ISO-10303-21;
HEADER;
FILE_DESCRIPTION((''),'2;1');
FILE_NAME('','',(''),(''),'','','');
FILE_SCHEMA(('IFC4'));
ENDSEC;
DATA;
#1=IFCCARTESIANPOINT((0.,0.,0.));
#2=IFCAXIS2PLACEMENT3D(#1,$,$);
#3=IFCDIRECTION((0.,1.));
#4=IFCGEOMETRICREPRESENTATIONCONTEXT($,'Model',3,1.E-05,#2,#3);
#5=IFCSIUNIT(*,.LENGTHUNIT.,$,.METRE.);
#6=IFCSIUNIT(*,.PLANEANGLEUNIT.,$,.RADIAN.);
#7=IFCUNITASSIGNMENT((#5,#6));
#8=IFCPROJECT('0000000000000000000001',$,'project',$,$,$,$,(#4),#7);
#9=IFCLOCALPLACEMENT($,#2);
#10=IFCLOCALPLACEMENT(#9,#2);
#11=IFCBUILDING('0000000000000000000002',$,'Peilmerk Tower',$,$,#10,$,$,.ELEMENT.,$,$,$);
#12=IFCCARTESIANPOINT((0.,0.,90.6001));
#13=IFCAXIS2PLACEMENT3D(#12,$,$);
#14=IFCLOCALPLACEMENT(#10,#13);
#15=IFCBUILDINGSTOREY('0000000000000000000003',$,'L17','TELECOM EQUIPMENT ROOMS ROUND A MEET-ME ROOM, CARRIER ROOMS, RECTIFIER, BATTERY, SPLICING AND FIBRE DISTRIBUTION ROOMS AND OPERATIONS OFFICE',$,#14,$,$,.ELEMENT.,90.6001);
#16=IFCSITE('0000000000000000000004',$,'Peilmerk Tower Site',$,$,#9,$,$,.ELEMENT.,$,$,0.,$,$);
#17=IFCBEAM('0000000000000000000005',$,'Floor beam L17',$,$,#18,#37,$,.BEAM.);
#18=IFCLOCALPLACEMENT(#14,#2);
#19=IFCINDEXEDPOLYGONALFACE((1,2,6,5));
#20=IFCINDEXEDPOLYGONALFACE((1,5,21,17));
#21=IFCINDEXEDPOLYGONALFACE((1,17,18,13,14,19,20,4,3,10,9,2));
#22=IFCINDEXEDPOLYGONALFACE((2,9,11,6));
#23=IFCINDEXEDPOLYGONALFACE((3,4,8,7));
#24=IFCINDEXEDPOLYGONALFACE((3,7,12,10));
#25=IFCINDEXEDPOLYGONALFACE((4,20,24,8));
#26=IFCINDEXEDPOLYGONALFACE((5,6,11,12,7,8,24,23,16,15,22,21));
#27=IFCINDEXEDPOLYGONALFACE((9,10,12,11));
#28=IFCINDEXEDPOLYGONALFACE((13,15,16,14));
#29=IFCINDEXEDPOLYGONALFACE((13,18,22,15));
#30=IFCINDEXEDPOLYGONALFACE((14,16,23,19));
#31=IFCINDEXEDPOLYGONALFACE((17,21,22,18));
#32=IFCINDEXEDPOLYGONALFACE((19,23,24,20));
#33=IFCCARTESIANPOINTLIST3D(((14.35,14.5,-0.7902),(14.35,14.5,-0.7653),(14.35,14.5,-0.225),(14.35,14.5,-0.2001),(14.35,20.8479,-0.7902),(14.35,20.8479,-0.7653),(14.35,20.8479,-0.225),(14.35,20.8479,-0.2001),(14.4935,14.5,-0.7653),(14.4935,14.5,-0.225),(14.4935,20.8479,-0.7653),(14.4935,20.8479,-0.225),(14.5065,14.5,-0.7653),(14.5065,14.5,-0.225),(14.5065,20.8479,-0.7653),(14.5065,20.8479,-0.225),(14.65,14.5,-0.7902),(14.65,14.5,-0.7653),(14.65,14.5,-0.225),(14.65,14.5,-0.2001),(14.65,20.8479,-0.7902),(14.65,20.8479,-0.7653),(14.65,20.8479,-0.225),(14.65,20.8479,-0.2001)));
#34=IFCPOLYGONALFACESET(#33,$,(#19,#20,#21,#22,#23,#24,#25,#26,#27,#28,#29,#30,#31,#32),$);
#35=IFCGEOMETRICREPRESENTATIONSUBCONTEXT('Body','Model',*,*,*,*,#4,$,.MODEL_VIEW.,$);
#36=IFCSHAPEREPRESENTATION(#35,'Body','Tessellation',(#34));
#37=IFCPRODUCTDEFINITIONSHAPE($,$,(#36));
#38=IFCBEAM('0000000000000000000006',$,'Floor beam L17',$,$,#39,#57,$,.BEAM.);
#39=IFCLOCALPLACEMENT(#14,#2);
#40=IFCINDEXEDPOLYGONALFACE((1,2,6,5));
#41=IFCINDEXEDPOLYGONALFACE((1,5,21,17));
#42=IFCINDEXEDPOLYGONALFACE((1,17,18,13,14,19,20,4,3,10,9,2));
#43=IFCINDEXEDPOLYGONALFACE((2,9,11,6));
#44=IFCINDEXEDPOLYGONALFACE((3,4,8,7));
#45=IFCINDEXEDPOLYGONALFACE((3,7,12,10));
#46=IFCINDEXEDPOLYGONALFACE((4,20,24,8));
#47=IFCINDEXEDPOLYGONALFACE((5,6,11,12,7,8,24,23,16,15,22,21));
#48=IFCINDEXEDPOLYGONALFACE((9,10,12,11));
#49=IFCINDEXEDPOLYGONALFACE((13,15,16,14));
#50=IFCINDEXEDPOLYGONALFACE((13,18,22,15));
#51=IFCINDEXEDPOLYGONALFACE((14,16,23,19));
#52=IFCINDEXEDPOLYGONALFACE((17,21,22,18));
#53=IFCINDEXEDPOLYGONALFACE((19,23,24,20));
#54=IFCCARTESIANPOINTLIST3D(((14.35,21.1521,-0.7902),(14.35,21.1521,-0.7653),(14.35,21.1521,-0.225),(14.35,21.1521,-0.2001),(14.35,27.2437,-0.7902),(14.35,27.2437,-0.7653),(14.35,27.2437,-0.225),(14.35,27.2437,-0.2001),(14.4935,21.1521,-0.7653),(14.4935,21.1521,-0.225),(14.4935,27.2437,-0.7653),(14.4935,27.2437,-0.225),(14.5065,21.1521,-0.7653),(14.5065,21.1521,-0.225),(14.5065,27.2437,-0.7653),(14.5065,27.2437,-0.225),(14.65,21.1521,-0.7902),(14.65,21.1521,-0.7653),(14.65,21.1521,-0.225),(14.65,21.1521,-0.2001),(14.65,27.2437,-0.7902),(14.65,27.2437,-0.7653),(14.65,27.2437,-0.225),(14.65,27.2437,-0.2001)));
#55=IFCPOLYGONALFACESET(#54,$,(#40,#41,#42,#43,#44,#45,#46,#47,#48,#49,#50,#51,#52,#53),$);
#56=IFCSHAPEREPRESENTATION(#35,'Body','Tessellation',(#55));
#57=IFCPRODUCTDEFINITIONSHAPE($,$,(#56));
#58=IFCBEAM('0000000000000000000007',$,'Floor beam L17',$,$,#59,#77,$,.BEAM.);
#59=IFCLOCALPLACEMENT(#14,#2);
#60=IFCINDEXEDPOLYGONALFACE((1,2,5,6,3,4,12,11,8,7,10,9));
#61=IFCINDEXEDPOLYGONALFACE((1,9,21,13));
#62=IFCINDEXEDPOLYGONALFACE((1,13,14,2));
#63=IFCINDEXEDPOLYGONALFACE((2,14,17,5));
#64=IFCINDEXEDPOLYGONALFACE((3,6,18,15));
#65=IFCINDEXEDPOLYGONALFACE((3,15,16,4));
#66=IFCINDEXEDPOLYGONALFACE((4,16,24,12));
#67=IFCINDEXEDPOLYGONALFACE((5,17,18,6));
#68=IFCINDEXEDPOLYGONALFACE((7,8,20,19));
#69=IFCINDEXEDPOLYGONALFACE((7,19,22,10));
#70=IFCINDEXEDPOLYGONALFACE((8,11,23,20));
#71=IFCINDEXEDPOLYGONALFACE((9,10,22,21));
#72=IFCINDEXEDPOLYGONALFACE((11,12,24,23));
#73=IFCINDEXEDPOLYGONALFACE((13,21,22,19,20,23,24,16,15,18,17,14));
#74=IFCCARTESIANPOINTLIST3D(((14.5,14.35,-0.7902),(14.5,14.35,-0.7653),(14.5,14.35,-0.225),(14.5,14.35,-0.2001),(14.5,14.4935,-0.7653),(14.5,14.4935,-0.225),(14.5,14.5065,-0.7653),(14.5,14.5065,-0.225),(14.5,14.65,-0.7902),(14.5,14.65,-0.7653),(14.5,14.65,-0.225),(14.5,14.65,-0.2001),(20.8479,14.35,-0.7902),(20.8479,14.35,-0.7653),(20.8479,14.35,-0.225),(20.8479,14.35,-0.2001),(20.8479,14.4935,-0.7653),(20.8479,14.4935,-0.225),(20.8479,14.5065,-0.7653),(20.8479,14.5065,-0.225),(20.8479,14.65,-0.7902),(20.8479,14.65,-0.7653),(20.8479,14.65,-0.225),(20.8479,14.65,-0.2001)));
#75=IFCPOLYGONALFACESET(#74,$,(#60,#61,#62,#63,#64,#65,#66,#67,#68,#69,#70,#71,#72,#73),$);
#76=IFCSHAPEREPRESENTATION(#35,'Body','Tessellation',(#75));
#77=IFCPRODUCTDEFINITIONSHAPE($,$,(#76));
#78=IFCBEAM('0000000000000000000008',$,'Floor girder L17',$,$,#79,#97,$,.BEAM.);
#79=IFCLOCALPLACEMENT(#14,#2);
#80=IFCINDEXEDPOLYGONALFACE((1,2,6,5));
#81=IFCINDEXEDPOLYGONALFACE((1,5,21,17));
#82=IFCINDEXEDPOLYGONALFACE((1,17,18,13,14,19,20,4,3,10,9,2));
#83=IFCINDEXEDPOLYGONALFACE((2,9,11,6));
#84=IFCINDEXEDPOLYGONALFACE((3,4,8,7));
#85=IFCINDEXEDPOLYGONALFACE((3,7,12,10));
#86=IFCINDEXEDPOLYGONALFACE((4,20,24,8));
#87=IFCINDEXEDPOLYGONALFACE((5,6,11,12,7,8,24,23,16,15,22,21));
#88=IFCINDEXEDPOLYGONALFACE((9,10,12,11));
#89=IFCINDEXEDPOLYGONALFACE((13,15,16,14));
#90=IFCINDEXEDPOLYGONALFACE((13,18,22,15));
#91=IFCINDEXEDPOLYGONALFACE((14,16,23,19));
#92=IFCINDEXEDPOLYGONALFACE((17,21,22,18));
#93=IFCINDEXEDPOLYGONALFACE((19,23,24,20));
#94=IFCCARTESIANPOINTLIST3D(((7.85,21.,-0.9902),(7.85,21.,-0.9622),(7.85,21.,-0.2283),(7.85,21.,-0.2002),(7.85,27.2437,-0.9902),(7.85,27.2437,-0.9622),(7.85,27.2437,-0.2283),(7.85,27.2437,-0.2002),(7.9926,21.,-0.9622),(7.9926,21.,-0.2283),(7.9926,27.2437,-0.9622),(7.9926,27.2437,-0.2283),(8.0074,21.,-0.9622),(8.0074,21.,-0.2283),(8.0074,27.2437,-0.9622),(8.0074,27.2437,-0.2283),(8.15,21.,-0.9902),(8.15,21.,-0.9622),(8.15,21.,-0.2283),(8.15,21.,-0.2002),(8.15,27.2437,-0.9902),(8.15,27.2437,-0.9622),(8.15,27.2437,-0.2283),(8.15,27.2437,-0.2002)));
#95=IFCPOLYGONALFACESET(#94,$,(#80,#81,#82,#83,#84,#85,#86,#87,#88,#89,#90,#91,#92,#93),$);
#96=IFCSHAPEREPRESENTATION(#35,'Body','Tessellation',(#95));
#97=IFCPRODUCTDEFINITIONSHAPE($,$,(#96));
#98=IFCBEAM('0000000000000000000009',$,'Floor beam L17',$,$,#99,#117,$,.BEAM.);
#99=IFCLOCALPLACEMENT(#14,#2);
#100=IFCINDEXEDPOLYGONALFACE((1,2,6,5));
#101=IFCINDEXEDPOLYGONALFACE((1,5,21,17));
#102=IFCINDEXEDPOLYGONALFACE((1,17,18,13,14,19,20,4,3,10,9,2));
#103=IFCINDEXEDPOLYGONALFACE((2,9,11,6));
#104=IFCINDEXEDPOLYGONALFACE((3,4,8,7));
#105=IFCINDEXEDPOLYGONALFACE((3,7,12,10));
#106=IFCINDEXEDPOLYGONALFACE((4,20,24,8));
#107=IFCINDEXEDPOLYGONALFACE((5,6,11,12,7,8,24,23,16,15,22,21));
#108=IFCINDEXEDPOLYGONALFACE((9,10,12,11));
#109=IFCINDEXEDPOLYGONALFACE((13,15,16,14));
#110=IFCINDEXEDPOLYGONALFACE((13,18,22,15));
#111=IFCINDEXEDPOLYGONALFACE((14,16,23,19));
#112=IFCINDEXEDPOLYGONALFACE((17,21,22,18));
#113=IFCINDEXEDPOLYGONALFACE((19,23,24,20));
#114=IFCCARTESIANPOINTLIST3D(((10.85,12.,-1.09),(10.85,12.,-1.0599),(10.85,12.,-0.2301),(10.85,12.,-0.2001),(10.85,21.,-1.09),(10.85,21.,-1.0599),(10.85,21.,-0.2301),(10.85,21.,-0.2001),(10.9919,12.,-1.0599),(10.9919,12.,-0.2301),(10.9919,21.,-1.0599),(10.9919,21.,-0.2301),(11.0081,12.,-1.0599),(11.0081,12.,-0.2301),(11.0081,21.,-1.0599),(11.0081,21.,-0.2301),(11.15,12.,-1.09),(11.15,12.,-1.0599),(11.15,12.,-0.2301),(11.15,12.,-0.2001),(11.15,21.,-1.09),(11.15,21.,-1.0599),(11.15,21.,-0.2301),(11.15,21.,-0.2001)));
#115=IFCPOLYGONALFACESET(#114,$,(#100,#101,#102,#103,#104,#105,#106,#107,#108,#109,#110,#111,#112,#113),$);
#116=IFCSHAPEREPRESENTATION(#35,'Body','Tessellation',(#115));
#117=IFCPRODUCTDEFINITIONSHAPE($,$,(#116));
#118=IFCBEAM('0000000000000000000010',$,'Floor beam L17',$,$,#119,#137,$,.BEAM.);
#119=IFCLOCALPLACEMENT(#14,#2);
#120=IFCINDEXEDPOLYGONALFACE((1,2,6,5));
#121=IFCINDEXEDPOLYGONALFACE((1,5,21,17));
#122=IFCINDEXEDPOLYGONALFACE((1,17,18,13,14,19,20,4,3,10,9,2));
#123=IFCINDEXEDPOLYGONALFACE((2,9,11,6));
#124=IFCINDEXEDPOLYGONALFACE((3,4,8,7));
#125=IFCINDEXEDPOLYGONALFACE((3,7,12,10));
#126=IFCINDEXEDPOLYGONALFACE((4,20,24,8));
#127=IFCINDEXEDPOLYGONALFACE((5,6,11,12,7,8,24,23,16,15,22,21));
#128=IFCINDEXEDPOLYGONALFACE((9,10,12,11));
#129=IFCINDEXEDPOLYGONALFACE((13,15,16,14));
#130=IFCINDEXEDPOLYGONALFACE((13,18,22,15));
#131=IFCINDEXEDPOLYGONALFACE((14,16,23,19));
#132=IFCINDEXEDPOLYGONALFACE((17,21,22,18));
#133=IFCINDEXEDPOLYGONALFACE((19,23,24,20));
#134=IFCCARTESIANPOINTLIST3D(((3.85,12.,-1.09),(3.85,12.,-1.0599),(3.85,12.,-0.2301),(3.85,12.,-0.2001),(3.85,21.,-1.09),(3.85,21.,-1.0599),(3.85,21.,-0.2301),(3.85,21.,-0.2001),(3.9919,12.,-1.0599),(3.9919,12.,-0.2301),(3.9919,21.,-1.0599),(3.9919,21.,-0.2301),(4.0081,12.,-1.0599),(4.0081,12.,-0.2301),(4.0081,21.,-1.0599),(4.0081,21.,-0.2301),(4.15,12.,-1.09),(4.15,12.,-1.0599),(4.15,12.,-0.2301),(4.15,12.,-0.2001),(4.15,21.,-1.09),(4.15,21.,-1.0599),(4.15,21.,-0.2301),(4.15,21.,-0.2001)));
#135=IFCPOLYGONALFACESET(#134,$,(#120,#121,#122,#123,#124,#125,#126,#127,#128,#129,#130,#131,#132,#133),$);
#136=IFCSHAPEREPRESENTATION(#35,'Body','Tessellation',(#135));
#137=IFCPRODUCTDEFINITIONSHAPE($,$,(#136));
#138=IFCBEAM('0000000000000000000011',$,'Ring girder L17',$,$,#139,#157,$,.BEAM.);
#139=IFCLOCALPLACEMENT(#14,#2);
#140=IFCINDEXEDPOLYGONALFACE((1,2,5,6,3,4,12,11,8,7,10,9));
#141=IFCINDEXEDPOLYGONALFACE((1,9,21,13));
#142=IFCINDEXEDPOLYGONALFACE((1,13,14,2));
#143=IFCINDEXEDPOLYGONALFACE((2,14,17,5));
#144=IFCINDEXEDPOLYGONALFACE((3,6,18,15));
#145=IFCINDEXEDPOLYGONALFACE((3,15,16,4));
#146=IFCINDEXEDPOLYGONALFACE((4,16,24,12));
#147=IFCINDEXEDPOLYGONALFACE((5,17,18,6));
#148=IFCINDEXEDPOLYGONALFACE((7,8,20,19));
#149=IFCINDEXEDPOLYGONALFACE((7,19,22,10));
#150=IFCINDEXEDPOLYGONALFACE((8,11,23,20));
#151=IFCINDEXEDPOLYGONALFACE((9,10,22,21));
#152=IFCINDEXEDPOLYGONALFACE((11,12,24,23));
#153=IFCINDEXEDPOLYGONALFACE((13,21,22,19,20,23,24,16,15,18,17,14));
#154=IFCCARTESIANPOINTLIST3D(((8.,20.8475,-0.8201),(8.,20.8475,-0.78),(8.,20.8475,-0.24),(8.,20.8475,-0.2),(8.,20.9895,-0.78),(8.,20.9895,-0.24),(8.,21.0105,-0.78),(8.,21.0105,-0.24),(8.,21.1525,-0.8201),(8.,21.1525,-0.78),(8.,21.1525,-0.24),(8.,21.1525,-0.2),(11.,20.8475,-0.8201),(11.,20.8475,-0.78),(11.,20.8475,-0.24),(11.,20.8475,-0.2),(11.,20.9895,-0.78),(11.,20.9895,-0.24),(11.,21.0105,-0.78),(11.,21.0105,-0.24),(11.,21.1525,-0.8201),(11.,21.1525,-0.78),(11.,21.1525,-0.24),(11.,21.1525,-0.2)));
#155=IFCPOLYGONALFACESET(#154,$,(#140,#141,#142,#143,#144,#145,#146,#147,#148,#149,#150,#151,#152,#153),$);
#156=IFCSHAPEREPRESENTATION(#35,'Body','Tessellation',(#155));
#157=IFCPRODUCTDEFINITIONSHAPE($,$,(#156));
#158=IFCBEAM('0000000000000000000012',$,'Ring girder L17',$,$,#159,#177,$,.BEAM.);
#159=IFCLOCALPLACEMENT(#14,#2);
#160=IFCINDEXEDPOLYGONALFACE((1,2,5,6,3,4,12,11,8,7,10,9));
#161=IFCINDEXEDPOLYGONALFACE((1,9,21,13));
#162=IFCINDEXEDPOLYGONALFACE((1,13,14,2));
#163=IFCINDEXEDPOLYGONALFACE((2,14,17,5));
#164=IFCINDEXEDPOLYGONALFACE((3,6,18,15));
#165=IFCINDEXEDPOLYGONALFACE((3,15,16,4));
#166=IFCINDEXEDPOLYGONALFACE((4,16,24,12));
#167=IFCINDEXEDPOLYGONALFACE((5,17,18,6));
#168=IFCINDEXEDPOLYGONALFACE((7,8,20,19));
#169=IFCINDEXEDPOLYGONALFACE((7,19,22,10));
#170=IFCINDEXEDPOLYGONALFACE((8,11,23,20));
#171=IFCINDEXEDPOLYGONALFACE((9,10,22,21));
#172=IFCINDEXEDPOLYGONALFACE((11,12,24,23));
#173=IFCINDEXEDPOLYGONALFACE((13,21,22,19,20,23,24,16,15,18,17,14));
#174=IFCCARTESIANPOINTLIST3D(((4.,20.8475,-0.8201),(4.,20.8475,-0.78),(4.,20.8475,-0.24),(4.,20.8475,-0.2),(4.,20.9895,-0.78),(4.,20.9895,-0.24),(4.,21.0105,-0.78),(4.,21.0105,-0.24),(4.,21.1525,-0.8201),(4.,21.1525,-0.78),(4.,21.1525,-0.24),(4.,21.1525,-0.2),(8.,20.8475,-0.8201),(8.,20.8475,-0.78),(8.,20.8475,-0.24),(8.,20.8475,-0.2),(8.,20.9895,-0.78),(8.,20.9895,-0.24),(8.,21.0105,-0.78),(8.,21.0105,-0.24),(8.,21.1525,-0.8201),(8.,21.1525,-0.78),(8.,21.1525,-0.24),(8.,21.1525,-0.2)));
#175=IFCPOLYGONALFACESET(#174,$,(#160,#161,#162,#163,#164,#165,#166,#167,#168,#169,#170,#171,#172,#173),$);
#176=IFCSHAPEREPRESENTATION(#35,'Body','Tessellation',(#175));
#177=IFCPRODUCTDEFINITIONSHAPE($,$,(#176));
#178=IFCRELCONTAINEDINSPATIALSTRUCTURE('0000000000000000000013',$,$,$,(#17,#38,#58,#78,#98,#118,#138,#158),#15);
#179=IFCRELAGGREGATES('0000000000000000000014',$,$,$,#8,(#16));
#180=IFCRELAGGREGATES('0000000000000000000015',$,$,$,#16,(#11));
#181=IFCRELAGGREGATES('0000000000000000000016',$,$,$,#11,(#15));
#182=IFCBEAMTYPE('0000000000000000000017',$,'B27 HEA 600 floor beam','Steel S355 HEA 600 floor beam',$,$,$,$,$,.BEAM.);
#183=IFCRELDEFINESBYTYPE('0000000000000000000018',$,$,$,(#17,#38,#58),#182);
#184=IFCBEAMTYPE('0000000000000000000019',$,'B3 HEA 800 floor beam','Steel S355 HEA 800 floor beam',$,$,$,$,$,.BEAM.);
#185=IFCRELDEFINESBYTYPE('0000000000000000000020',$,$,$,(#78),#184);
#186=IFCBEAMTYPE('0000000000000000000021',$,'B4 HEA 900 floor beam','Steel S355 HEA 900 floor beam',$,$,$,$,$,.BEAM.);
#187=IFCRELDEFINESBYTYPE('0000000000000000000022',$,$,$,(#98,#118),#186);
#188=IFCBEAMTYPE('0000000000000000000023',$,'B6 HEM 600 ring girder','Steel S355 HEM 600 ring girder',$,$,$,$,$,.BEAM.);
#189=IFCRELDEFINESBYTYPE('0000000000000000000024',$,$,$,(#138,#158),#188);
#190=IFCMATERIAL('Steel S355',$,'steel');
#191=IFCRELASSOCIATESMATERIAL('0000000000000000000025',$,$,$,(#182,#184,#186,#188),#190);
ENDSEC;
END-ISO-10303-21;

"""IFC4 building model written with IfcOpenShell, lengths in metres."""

from ifc_helpers import new_model, si_unit, direction, frame, origin, origin_2d, place, context, subcontext, project, spatial, i_section, extrude, material, material_profile, profile_set, type_object, element, save


model = new_model("IFC4")

# Units and contexts
model_context = context("Model", 3, precision=1e-05, world=origin(), true_north=direction((0.0, 1.0)))
body_context = subcontext(model_context, "Body", "Model", "MODEL_VIEW")
ifc_project = project(units=[si_unit("LENGTHUNIT", "METRE"), si_unit("PLANEANGLEUNIT", "RADIAN")], contexts=[model_context])

# Site, building, storey
site_placement = place(None, origin())
site = spatial("IfcSite", under=ifc_project, at=site_placement, Name="Peilmerk Tower Site", CompositionType="ELEMENT", RefElevation=0.0)
building_placement = place(site_placement, origin())
building = spatial("IfcBuilding", under=site, at=building_placement, Name="Peilmerk Tower", CompositionType="ELEMENT")
storey_placement = place(building_placement, frame((0.0, 0.0, 90.6001)))
storey = spatial("IfcBuildingStorey", under=building, at=storey_placement, Name="L17", Description="TELECOM EQUIPMENT ROOMS ROUND A MEET-ME ROOM, CARRIER ROOMS, RECTIFIER, BATTERY, SPLICING AND FIBRE DISTRIBUTION ROOMS AND OPERATIONS OFFICE", CompositionType="ELEMENT", Elevation=90.6001)

# Beams
ifc_material_1 = material(Name="Steel S355", Category="steel")
ifc_material_profile_1 = material_profile(ifc_material_1, i_section(OverallWidth=0.3, OverallDepth=0.5901, WebThickness=0.0129, FlangeThickness=0.0249, at=origin_2d()), Name="HEA 600")
ifc_profile_set_1 = profile_set([ifc_material_profile_1], Name="Steel S355")
beam_type_1 = type_object("IfcBeamType", Name="B27 HEA 600 floor beam", Description="Steel S355 HEA 600 floor beam", PredefinedType="BEAM", material=ifc_profile_set_1)
beam_1_placement = place(storey_placement, frame((14.5, 14.5, -0.4951), z_axis=(0.0, 1.0, 0.0), x_axis=(-1.0, 0.0, 0.0)))
element("IfcBeam", 1, at=beam_1_placement, inside=storey, type_object=beam_type_1, Name="Floor beam L17", PredefinedType="BEAM", context=body_context, shape_type="SweptSolid", body=[
    extrude(i_section(OverallWidth=0.3, OverallDepth=0.5901, WebThickness=0.0129, FlangeThickness=0.0249, at=origin_2d()), origin(), (0.0, 0.0, 1.0), 6.3479),
])
beam_2_placement = place(storey_placement, frame((14.5, 21.1521, -0.4951), z_axis=(0.0, 1.0, 0.0), x_axis=(-1.0, 0.0, 0.0)))
element("IfcBeam", 2, at=beam_2_placement, inside=storey, type_object=beam_type_1, Name="Floor beam L17", PredefinedType="BEAM", context=body_context, shape_type="SweptSolid", body=[
    extrude(i_section(OverallWidth=0.3, OverallDepth=0.5901, WebThickness=0.0129, FlangeThickness=0.0249, at=origin_2d()), origin(), (0.0, 0.0, 1.0), 6.0916),
])
beam_3_placement = place(storey_placement, frame((14.5, 14.5, -0.4951), z_axis=(1.0, 0.0, 0.0), x_axis=(0.0, 1.0, 0.0)))
element("IfcBeam", 3, at=beam_3_placement, inside=storey, type_object=beam_type_1, Name="Floor beam L17", PredefinedType="BEAM", context=body_context, shape_type="SweptSolid", body=[
    extrude(i_section(OverallWidth=0.3, OverallDepth=0.5901, WebThickness=0.0129, FlangeThickness=0.0249, at=origin_2d()), origin(), (0.0, 0.0, 1.0), 6.3479),
])
ifc_material_profile_2 = material_profile(ifc_material_1, i_section(OverallWidth=0.3, OverallDepth=0.79, WebThickness=0.0149, FlangeThickness=0.0281, at=origin_2d()), Name="HEA 800")
ifc_profile_set_2 = profile_set([ifc_material_profile_2], Name="Steel S355")
beam_type_2 = type_object("IfcBeamType", Name="B3 HEA 800 floor beam", Description="Steel S355 HEA 800 floor beam", PredefinedType="BEAM", material=ifc_profile_set_2)
beam_4_placement = place(storey_placement, frame((8.0, 21.0, -0.5952), z_axis=(0.0, 1.0, 0.0), x_axis=(-1.0, 0.0, 0.0)))
element("IfcBeam", 4, at=beam_4_placement, inside=storey, type_object=beam_type_2, Name="Floor girder L17", PredefinedType="BEAM", context=body_context, shape_type="SweptSolid", body=[
    extrude(i_section(OverallWidth=0.3, OverallDepth=0.79, WebThickness=0.0149, FlangeThickness=0.0281, at=origin_2d()), origin(), (0.0, 0.0, 1.0), 6.2437),
])
ifc_material_profile_3 = material_profile(ifc_material_1, i_section(OverallWidth=0.3, OverallDepth=0.8899, WebThickness=0.0161, FlangeThickness=0.03, at=origin_2d()), Name="HEA 900")
ifc_profile_set_3 = profile_set([ifc_material_profile_3], Name="Steel S355")
beam_type_3 = type_object("IfcBeamType", Name="B4 HEA 900 floor beam", Description="Steel S355 HEA 900 floor beam", PredefinedType="BEAM", material=ifc_profile_set_3)
for number, where, z_axis, x_axis, name in (
    (5, (11.0, 12.0, -0.645), (0.0, 1.0, 0.0), (-1.0, 0.0, 0.0), "Floor beam L17"),
    (6, (4.0, 12.0, -0.645), (0.0, 1.0, 0.0), (-1.0, 0.0, 0.0), "Floor beam L17"),
):
    element("IfcBeam", number, at=place(storey_placement, frame(where, z_axis=z_axis, x_axis=x_axis)), inside=storey, type_object=beam_type_3, Name=name, PredefinedType="BEAM", context=body_context, shape_type="SweptSolid", body=[
        extrude(i_section(OverallWidth=0.3, OverallDepth=0.8899, WebThickness=0.0161, FlangeThickness=0.03, at=origin_2d()), origin(), (0.0, 0.0, 1.0), 9.0),
    ])
ifc_material_profile_4 = material_profile(ifc_material_1, i_section(OverallWidth=0.3049, OverallDepth=0.6201, WebThickness=0.021, FlangeThickness=0.04, at=origin_2d()), Name="HEM 600")
ifc_profile_set_4 = profile_set([ifc_material_profile_4], Name="Steel S355")
beam_type_4 = type_object("IfcBeamType", Name="B6 HEM 600 ring girder", Description="Steel S355 HEM 600 ring girder", PredefinedType="BEAM", material=ifc_profile_set_4)
beam_5_placement = place(storey_placement, frame((11.0, 21.0, -0.51), z_axis=(-1.0, 0.0, 0.0), x_axis=(0.0, -1.0, 0.0)))
element("IfcBeam", 7, at=beam_5_placement, inside=storey, type_object=beam_type_4, Name="Ring girder L17", PredefinedType="BEAM", context=body_context, shape_type="SweptSolid", body=[
    extrude(i_section(OverallWidth=0.3049, OverallDepth=0.6201, WebThickness=0.021, FlangeThickness=0.04, at=origin_2d()), origin(), (0.0, 0.0, 1.0), 3.0),
])
for number, where, z_axis, x_axis, name in (
    (8, (8.0, 21.0, -0.51), (-1.0, 0.0, 0.0), (0.0, -1.0, 0.0), "Ring girder L17"),
):
    element("IfcBeam", number, at=place(storey_placement, frame(where, z_axis=z_axis, x_axis=x_axis)), inside=storey, type_object=beam_type_4, Name=name, PredefinedType="BEAM", context=body_context, shape_type="SweptSolid", body=[
        extrude(i_section(OverallWidth=0.3049, OverallDepth=0.6201, WebThickness=0.021, FlangeThickness=0.04, at=origin_2d()), origin(), (0.0, 0.0, 1.0), 4.0),
    ])

save(model, "model.ifc")
